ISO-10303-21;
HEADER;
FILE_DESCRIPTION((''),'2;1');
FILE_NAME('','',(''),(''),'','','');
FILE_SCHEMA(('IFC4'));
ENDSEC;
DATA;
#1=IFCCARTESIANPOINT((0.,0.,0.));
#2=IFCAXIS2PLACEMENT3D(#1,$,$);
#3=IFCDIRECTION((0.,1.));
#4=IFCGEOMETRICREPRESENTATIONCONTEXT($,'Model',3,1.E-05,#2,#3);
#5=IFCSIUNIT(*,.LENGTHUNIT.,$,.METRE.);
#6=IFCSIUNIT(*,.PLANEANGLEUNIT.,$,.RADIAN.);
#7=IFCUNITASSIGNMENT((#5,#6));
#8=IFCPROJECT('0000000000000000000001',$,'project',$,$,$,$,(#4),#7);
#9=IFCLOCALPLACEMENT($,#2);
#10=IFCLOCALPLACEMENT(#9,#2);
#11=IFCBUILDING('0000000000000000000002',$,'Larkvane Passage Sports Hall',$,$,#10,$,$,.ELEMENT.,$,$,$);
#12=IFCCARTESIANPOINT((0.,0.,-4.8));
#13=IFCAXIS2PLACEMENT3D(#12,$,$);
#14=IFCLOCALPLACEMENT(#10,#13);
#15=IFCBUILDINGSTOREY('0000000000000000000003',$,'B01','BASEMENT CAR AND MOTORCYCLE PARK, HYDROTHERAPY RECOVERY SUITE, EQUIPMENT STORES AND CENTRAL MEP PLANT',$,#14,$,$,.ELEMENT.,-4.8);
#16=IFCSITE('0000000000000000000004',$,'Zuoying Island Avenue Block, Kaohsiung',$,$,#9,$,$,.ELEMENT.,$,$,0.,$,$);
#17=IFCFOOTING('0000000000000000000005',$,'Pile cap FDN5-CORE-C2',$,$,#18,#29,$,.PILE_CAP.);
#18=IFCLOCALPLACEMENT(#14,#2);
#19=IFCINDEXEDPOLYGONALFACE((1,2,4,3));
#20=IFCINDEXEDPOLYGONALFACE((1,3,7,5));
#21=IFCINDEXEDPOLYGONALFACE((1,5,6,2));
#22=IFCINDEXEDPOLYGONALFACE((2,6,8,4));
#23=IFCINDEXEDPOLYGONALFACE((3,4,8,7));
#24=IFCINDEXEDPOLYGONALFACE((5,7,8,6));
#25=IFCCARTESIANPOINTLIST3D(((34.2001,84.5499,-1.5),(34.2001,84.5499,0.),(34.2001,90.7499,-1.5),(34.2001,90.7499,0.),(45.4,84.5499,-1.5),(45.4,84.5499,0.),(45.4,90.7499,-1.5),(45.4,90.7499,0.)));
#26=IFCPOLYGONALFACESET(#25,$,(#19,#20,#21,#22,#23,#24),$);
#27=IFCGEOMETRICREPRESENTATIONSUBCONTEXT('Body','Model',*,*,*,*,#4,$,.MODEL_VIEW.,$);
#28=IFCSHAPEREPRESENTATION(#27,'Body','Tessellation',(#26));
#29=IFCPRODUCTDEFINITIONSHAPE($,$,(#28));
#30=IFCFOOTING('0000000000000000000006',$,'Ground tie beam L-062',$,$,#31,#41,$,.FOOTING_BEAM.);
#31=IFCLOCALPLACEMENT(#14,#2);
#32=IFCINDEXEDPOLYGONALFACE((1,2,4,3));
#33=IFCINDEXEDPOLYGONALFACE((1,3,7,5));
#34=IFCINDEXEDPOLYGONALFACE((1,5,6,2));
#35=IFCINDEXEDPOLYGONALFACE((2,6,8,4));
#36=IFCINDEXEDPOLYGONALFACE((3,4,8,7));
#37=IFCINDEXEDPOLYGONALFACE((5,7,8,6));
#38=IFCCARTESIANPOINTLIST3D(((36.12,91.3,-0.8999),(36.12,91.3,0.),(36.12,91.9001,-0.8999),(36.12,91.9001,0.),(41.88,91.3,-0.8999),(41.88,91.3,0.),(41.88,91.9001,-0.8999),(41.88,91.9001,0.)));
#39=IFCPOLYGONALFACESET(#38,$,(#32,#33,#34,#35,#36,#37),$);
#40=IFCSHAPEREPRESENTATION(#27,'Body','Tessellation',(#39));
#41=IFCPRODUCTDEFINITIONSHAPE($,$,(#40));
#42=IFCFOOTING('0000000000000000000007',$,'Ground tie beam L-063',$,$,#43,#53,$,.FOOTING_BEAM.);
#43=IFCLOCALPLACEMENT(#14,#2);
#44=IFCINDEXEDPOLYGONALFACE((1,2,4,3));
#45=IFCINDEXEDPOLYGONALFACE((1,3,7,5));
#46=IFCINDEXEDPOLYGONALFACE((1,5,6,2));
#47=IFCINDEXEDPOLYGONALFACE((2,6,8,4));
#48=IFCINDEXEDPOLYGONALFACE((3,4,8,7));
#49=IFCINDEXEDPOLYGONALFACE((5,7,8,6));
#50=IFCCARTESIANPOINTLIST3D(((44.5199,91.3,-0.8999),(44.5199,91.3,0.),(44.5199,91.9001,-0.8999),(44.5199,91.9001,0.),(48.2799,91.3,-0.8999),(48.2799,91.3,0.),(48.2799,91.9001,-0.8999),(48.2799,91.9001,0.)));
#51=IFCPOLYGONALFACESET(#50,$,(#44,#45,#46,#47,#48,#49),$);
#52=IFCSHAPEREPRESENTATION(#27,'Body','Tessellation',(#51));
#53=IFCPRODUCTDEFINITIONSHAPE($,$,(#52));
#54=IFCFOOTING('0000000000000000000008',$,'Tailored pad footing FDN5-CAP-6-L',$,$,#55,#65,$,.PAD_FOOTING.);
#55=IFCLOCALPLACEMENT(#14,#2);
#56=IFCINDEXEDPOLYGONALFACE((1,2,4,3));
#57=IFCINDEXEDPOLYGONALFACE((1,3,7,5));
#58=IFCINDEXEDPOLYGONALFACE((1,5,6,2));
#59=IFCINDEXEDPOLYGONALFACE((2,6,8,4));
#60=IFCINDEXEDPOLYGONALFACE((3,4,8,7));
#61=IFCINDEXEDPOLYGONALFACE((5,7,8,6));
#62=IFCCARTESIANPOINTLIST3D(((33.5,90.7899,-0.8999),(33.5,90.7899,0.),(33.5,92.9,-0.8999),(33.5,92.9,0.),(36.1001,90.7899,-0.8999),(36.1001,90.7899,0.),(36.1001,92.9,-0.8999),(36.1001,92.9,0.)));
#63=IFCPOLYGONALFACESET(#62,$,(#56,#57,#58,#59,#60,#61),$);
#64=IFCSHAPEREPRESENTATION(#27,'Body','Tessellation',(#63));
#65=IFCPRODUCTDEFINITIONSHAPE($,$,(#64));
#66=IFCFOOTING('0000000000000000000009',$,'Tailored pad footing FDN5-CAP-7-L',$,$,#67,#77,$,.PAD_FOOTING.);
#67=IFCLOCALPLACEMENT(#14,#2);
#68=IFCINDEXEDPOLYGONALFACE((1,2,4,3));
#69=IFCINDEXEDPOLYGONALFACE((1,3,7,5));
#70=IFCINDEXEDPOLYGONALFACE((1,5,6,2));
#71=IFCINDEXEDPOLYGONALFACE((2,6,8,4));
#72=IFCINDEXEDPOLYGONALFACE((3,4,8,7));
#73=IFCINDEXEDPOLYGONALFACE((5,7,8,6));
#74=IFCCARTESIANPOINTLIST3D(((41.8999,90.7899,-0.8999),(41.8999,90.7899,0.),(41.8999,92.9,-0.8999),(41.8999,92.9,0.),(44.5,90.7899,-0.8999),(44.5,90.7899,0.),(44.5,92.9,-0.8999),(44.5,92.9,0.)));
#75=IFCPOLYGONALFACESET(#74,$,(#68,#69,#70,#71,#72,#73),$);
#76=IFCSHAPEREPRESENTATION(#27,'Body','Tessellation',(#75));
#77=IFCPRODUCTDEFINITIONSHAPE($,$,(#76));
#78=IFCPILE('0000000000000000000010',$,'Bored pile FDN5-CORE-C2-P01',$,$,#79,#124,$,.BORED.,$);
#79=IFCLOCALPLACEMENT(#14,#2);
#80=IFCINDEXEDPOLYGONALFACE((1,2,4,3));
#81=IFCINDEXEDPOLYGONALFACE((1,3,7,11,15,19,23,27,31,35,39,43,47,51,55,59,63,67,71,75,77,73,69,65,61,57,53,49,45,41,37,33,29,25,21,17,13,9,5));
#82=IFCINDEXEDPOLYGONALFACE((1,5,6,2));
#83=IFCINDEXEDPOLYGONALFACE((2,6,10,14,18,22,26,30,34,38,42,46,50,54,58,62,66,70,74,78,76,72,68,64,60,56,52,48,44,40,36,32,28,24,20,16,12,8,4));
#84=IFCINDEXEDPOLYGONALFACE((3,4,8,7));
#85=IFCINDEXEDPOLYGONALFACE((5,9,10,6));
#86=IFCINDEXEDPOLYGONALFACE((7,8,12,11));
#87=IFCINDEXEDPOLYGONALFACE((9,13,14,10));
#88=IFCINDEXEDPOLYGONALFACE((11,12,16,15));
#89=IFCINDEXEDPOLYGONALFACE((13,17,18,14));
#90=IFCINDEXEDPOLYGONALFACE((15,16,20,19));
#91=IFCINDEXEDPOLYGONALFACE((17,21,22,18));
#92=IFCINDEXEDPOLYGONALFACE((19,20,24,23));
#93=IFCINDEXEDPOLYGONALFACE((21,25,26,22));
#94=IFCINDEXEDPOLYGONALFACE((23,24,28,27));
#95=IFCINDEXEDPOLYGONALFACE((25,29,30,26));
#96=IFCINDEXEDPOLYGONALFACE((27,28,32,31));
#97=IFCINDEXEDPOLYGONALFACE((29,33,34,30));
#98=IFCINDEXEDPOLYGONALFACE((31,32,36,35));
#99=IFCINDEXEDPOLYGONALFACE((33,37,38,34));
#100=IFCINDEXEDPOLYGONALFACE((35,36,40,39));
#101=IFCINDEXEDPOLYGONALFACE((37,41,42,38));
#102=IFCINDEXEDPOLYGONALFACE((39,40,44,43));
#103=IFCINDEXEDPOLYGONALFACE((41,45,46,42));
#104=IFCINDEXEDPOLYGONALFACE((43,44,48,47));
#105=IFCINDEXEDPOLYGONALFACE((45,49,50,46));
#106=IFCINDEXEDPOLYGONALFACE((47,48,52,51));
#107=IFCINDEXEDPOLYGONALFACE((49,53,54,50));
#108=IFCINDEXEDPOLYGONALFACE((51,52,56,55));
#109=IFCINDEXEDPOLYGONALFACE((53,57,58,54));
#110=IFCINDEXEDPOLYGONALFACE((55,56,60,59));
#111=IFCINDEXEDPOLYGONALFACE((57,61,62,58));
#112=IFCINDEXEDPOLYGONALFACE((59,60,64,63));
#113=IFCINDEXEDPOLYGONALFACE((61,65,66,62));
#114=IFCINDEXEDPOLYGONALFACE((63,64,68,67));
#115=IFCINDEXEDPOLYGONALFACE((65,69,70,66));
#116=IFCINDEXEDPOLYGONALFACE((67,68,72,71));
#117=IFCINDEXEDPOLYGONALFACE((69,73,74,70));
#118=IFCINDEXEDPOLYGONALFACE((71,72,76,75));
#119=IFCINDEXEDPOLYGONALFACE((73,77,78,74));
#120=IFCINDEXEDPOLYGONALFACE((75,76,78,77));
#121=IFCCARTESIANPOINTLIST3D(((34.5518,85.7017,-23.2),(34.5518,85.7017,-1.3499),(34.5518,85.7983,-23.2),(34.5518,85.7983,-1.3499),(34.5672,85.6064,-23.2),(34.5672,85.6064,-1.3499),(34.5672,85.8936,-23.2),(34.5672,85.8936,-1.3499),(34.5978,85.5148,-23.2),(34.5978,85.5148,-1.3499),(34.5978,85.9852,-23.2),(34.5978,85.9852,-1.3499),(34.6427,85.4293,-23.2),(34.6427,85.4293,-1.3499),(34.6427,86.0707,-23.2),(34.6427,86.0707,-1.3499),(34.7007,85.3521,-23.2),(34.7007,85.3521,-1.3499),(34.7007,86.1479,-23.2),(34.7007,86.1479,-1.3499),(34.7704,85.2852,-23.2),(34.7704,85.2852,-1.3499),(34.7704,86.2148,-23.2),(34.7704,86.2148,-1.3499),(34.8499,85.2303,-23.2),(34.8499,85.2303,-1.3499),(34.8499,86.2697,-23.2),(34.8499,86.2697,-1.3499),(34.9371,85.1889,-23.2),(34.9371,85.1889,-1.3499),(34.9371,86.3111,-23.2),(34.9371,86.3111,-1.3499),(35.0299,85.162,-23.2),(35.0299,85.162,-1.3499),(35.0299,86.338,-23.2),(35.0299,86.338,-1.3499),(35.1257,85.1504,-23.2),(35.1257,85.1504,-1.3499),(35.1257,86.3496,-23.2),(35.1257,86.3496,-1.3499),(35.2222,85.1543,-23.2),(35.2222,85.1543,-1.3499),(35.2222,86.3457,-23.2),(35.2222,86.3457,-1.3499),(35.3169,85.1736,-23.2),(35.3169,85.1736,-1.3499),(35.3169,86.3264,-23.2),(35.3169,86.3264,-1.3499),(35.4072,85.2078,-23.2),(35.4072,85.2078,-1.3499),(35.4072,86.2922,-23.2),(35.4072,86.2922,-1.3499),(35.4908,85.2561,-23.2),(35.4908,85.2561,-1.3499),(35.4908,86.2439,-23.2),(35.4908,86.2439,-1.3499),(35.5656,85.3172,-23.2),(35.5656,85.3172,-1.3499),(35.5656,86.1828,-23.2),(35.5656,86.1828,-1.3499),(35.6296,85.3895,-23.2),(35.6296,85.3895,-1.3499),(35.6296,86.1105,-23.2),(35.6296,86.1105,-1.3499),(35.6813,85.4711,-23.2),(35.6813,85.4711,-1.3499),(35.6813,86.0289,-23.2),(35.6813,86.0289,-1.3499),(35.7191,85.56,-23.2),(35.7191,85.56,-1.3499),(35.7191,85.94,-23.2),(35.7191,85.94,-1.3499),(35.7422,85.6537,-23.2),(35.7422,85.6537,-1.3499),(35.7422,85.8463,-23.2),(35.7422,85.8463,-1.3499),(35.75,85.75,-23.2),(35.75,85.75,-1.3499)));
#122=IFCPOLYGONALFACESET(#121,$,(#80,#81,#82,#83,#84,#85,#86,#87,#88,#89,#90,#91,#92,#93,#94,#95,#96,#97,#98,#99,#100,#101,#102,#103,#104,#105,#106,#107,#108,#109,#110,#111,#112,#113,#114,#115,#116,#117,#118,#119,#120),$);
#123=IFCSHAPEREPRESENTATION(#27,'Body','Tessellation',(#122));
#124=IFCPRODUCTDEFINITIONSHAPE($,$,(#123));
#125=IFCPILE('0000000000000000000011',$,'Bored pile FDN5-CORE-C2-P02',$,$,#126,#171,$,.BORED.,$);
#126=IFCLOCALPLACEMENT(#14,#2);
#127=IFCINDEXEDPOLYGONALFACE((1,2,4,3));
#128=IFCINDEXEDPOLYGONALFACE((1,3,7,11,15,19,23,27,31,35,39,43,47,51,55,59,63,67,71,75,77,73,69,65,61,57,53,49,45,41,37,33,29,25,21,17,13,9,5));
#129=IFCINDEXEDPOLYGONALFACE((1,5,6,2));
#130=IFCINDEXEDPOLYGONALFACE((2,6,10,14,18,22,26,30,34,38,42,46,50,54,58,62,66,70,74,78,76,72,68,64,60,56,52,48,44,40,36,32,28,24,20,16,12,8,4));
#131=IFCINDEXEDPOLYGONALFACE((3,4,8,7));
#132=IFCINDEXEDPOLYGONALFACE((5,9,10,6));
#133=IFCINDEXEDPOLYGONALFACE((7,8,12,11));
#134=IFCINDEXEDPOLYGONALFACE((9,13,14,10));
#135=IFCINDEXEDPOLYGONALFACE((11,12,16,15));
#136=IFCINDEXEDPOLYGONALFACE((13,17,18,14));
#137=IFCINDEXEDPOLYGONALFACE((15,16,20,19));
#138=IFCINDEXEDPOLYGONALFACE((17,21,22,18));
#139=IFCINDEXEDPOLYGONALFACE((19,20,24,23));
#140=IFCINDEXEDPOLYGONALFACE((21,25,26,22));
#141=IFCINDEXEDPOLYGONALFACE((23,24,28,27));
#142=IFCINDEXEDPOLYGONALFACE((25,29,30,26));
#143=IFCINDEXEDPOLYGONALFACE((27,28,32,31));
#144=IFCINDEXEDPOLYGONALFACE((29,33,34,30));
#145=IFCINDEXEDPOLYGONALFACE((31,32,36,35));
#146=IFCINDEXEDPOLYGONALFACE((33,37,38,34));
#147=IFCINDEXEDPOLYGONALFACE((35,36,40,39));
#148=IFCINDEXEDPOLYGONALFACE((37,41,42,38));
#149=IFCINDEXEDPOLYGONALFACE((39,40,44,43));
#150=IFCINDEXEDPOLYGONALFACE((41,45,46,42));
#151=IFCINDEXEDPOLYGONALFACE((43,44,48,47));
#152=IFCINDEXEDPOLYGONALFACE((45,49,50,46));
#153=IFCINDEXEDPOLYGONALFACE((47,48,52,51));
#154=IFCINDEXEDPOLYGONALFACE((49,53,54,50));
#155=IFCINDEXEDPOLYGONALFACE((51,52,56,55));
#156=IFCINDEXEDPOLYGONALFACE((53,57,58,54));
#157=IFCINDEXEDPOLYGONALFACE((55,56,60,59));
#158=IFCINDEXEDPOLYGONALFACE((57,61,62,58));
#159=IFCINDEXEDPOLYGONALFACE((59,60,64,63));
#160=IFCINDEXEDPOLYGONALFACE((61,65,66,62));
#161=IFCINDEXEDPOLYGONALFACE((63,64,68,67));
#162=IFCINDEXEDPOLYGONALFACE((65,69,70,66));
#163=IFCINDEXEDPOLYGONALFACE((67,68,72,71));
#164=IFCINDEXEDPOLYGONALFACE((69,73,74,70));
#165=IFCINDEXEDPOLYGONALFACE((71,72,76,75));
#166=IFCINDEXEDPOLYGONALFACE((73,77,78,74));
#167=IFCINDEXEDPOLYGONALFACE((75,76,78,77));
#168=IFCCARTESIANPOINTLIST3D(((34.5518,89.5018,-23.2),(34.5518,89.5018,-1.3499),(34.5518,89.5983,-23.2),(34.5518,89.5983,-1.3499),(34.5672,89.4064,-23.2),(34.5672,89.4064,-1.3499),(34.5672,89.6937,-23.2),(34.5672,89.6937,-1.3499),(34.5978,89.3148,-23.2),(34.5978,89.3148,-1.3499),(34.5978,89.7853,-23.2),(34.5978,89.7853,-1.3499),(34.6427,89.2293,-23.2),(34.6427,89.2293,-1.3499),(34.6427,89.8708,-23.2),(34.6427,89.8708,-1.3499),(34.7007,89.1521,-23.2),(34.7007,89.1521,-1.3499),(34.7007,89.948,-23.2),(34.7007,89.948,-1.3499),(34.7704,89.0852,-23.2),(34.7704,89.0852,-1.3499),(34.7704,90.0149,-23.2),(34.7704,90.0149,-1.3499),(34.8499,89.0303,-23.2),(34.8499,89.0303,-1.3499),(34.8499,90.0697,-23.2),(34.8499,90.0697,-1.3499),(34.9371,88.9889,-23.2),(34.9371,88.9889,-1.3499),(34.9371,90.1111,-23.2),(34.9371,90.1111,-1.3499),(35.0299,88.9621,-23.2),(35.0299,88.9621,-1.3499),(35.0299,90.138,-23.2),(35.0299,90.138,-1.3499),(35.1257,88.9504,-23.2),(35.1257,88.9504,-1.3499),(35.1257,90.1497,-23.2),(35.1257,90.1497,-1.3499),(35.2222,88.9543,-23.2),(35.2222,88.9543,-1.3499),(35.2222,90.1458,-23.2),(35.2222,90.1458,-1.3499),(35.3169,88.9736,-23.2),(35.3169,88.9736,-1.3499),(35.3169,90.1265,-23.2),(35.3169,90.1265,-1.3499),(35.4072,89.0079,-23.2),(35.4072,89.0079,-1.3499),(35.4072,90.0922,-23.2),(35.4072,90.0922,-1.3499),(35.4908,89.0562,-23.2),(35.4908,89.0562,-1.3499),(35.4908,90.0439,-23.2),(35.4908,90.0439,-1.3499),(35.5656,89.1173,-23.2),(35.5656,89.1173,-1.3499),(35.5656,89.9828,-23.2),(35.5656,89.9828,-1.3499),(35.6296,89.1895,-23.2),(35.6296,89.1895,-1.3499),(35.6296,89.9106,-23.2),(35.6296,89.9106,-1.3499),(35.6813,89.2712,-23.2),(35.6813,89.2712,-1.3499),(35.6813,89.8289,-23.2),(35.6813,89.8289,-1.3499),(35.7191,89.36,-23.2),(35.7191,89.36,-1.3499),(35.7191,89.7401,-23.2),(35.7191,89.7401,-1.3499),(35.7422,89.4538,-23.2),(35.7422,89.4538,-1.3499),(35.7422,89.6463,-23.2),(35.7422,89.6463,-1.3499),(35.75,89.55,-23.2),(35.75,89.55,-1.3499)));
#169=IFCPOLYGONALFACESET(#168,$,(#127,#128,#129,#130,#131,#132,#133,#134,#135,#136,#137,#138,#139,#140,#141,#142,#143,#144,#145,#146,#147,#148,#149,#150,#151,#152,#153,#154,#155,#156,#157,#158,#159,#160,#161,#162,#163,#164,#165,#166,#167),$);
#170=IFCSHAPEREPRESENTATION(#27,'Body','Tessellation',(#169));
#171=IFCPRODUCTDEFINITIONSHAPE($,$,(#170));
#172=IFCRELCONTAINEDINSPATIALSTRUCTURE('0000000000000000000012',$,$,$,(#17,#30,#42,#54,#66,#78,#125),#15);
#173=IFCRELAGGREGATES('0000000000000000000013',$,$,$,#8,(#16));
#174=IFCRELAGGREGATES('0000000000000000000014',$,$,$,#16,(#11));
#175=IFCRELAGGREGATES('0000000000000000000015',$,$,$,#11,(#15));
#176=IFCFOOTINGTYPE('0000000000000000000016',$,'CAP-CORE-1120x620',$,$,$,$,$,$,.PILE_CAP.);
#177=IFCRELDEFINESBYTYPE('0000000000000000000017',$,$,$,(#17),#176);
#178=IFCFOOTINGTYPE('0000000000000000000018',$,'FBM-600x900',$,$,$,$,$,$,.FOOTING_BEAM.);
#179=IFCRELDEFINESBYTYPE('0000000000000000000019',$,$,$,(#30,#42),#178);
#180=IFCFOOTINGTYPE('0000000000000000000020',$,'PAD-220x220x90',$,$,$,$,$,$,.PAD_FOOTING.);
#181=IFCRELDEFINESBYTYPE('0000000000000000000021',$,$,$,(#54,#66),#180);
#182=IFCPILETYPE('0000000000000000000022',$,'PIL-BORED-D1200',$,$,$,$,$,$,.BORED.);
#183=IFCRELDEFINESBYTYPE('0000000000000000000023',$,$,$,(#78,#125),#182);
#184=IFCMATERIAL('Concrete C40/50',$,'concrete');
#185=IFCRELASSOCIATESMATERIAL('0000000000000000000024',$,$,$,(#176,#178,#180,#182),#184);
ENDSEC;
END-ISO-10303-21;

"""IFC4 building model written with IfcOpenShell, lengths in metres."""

from ifc_helpers import new_model, si_unit, direction, frame, origin, origin_2d, place, context, subcontext, project, spatial, rectangle, circle, extrude, material, material_profile, profile_set, type_object, element, save


model = new_model("IFC4")

# Units and contexts
model_context = context("Model", 3, precision=1e-05, world=origin(), true_north=direction((0.0, 1.0)))
body_context = subcontext(model_context, "Body", "Model", "MODEL_VIEW")
ifc_project = project(units=[si_unit("LENGTHUNIT", "METRE"), si_unit("PLANEANGLEUNIT", "RADIAN")], contexts=[model_context])

# Site, building, storey
site_placement = place(None, origin())
site = spatial("IfcSite", under=ifc_project, at=site_placement, Name="Zuoying Island Avenue Block, Kaohsiung", CompositionType="ELEMENT", RefElevation=0.0)
building_placement = place(site_placement, origin())
building = spatial("IfcBuilding", under=site, at=building_placement, Name="Larkvane Passage Sports Hall", CompositionType="ELEMENT")
storey_placement = place(building_placement, frame((0.0, 0.0, -4.8)))
storey = spatial("IfcBuildingStorey", under=building, at=storey_placement, Name="B01", Description="BASEMENT CAR AND MOTORCYCLE PARK, HYDROTHERAPY RECOVERY SUITE, EQUIPMENT STORES AND CENTRAL MEP PLANT", CompositionType="ELEMENT", Elevation=-4.8)

# Footings
ifc_material_1 = material(Name="Concrete C40/50", Category="concrete")
footing_type_1 = type_object("IfcFootingType", Name="CAP-CORE-1120x620", PredefinedType="PILE_CAP", material=ifc_material_1)
footing_1_placement = place(storey_placement, frame((39.8, 87.6499, -1.5), z_axis=(0.0, 0.0, 1.0), x_axis=(1.0, 0.0, 0.0)))
element("IfcFooting", 1, at=footing_1_placement, inside=storey, type_object=footing_type_1, Name="Pile cap FDN5-CORE-C2", PredefinedType="PILE_CAP", context=body_context, shape_type="SweptSolid", body=[
    extrude(rectangle(XDim=11.2, YDim=6.2, at=origin_2d()), origin(), (0.0, 0.0, 1.0), 1.5),
])
footing_type_2 = type_object("IfcFootingType", Name="FBM-600x900", PredefinedType="FOOTING_BEAM", material=ifc_material_1)
footing_2_placement = place(storey_placement, frame((39.0, 91.6001, -0.8999), z_axis=(0.0, 0.0, 1.0), x_axis=(1.0, 0.0, 0.0)))
element("IfcFooting", 2, at=footing_2_placement, inside=storey, type_object=footing_type_2, Name="Ground tie beam L-062", PredefinedType="FOOTING_BEAM", context=body_context, shape_type="SweptSolid", body=[
    extrude(rectangle(XDim=5.76, YDim=0.6001, at=origin_2d()), origin(), (0.0, 0.0, 1.0), 0.8999),
])
footing_3_placement = place(storey_placement, frame((46.3999, 91.6001, -0.8999), z_axis=(0.0, 0.0, 1.0), x_axis=(1.0, 0.0, 0.0)))
element("IfcFooting", 3, at=footing_3_placement, inside=storey, type_object=footing_type_2, Name="Ground tie beam L-063", PredefinedType="FOOTING_BEAM", context=body_context, shape_type="SweptSolid", body=[
    extrude(rectangle(XDim=3.76, YDim=0.6001, at=origin_2d()), origin(), (0.0, 0.0, 1.0), 0.8999),
])
footing_type_3 = type_object("IfcFootingType", Name="PAD-220x220x90", PredefinedType="PAD_FOOTING", material=ifc_material_1)
for number, where, z_axis, x_axis, name in (
    (4, (34.8, 91.845, -0.8999), (0.0, 0.0, 1.0), (1.0, 0.0, 0.0), "Tailored pad footing FDN5-CAP-6-L"),
    (5, (43.2, 91.845, -0.8999), (0.0, 0.0, 1.0), (1.0, 0.0, 0.0), "Tailored pad footing FDN5-CAP-7-L"),
):
    element("IfcFooting", number, at=place(storey_placement, frame(where, z_axis=z_axis, x_axis=x_axis)), inside=storey, type_object=footing_type_3, Name=name, PredefinedType="PAD_FOOTING", context=body_context, shape_type="SweptSolid", body=[
        extrude(rectangle(XDim=2.6001, YDim=2.1101, at=origin_2d()), origin(), (0.0, 0.0, 1.0), 0.8999),
    ])

# Piles
ifc_material_profile_1 = material_profile(ifc_material_1, circle(Radius=0.6001, at=origin_2d()), Name="PILE-D1200")
ifc_profile_set_1 = profile_set([ifc_material_profile_1], Name="Concrete C40/50")
pile_type = type_object("IfcPileType", Name="PIL-BORED-D1200", PredefinedType="BORED", material=ifc_profile_set_1)
for number, where, z_axis, x_axis, name in (
    (6, (35.1499, 85.75, -1.3499), (0.0, 0.0, -1.0), (1.0, 0.0, 0.0), "Bored pile FDN5-CORE-C2-P01"),
    (7, (35.1499, 89.55, -1.3499), (0.0, 0.0, -1.0), (1.0, 0.0, 0.0), "Bored pile FDN5-CORE-C2-P02"),
):
    element("IfcPile", number, at=place(storey_placement, frame(where, z_axis=z_axis, x_axis=x_axis)), inside=storey, type_object=pile_type, Name=name, PredefinedType="BORED", context=body_context, shape_type="SweptSolid", body=[
        extrude(circle(Radius=0.6001, at=origin_2d()), origin(), (0.0, 0.0, 1.0), 21.8501),
    ])

save(model, "model.ifc")
